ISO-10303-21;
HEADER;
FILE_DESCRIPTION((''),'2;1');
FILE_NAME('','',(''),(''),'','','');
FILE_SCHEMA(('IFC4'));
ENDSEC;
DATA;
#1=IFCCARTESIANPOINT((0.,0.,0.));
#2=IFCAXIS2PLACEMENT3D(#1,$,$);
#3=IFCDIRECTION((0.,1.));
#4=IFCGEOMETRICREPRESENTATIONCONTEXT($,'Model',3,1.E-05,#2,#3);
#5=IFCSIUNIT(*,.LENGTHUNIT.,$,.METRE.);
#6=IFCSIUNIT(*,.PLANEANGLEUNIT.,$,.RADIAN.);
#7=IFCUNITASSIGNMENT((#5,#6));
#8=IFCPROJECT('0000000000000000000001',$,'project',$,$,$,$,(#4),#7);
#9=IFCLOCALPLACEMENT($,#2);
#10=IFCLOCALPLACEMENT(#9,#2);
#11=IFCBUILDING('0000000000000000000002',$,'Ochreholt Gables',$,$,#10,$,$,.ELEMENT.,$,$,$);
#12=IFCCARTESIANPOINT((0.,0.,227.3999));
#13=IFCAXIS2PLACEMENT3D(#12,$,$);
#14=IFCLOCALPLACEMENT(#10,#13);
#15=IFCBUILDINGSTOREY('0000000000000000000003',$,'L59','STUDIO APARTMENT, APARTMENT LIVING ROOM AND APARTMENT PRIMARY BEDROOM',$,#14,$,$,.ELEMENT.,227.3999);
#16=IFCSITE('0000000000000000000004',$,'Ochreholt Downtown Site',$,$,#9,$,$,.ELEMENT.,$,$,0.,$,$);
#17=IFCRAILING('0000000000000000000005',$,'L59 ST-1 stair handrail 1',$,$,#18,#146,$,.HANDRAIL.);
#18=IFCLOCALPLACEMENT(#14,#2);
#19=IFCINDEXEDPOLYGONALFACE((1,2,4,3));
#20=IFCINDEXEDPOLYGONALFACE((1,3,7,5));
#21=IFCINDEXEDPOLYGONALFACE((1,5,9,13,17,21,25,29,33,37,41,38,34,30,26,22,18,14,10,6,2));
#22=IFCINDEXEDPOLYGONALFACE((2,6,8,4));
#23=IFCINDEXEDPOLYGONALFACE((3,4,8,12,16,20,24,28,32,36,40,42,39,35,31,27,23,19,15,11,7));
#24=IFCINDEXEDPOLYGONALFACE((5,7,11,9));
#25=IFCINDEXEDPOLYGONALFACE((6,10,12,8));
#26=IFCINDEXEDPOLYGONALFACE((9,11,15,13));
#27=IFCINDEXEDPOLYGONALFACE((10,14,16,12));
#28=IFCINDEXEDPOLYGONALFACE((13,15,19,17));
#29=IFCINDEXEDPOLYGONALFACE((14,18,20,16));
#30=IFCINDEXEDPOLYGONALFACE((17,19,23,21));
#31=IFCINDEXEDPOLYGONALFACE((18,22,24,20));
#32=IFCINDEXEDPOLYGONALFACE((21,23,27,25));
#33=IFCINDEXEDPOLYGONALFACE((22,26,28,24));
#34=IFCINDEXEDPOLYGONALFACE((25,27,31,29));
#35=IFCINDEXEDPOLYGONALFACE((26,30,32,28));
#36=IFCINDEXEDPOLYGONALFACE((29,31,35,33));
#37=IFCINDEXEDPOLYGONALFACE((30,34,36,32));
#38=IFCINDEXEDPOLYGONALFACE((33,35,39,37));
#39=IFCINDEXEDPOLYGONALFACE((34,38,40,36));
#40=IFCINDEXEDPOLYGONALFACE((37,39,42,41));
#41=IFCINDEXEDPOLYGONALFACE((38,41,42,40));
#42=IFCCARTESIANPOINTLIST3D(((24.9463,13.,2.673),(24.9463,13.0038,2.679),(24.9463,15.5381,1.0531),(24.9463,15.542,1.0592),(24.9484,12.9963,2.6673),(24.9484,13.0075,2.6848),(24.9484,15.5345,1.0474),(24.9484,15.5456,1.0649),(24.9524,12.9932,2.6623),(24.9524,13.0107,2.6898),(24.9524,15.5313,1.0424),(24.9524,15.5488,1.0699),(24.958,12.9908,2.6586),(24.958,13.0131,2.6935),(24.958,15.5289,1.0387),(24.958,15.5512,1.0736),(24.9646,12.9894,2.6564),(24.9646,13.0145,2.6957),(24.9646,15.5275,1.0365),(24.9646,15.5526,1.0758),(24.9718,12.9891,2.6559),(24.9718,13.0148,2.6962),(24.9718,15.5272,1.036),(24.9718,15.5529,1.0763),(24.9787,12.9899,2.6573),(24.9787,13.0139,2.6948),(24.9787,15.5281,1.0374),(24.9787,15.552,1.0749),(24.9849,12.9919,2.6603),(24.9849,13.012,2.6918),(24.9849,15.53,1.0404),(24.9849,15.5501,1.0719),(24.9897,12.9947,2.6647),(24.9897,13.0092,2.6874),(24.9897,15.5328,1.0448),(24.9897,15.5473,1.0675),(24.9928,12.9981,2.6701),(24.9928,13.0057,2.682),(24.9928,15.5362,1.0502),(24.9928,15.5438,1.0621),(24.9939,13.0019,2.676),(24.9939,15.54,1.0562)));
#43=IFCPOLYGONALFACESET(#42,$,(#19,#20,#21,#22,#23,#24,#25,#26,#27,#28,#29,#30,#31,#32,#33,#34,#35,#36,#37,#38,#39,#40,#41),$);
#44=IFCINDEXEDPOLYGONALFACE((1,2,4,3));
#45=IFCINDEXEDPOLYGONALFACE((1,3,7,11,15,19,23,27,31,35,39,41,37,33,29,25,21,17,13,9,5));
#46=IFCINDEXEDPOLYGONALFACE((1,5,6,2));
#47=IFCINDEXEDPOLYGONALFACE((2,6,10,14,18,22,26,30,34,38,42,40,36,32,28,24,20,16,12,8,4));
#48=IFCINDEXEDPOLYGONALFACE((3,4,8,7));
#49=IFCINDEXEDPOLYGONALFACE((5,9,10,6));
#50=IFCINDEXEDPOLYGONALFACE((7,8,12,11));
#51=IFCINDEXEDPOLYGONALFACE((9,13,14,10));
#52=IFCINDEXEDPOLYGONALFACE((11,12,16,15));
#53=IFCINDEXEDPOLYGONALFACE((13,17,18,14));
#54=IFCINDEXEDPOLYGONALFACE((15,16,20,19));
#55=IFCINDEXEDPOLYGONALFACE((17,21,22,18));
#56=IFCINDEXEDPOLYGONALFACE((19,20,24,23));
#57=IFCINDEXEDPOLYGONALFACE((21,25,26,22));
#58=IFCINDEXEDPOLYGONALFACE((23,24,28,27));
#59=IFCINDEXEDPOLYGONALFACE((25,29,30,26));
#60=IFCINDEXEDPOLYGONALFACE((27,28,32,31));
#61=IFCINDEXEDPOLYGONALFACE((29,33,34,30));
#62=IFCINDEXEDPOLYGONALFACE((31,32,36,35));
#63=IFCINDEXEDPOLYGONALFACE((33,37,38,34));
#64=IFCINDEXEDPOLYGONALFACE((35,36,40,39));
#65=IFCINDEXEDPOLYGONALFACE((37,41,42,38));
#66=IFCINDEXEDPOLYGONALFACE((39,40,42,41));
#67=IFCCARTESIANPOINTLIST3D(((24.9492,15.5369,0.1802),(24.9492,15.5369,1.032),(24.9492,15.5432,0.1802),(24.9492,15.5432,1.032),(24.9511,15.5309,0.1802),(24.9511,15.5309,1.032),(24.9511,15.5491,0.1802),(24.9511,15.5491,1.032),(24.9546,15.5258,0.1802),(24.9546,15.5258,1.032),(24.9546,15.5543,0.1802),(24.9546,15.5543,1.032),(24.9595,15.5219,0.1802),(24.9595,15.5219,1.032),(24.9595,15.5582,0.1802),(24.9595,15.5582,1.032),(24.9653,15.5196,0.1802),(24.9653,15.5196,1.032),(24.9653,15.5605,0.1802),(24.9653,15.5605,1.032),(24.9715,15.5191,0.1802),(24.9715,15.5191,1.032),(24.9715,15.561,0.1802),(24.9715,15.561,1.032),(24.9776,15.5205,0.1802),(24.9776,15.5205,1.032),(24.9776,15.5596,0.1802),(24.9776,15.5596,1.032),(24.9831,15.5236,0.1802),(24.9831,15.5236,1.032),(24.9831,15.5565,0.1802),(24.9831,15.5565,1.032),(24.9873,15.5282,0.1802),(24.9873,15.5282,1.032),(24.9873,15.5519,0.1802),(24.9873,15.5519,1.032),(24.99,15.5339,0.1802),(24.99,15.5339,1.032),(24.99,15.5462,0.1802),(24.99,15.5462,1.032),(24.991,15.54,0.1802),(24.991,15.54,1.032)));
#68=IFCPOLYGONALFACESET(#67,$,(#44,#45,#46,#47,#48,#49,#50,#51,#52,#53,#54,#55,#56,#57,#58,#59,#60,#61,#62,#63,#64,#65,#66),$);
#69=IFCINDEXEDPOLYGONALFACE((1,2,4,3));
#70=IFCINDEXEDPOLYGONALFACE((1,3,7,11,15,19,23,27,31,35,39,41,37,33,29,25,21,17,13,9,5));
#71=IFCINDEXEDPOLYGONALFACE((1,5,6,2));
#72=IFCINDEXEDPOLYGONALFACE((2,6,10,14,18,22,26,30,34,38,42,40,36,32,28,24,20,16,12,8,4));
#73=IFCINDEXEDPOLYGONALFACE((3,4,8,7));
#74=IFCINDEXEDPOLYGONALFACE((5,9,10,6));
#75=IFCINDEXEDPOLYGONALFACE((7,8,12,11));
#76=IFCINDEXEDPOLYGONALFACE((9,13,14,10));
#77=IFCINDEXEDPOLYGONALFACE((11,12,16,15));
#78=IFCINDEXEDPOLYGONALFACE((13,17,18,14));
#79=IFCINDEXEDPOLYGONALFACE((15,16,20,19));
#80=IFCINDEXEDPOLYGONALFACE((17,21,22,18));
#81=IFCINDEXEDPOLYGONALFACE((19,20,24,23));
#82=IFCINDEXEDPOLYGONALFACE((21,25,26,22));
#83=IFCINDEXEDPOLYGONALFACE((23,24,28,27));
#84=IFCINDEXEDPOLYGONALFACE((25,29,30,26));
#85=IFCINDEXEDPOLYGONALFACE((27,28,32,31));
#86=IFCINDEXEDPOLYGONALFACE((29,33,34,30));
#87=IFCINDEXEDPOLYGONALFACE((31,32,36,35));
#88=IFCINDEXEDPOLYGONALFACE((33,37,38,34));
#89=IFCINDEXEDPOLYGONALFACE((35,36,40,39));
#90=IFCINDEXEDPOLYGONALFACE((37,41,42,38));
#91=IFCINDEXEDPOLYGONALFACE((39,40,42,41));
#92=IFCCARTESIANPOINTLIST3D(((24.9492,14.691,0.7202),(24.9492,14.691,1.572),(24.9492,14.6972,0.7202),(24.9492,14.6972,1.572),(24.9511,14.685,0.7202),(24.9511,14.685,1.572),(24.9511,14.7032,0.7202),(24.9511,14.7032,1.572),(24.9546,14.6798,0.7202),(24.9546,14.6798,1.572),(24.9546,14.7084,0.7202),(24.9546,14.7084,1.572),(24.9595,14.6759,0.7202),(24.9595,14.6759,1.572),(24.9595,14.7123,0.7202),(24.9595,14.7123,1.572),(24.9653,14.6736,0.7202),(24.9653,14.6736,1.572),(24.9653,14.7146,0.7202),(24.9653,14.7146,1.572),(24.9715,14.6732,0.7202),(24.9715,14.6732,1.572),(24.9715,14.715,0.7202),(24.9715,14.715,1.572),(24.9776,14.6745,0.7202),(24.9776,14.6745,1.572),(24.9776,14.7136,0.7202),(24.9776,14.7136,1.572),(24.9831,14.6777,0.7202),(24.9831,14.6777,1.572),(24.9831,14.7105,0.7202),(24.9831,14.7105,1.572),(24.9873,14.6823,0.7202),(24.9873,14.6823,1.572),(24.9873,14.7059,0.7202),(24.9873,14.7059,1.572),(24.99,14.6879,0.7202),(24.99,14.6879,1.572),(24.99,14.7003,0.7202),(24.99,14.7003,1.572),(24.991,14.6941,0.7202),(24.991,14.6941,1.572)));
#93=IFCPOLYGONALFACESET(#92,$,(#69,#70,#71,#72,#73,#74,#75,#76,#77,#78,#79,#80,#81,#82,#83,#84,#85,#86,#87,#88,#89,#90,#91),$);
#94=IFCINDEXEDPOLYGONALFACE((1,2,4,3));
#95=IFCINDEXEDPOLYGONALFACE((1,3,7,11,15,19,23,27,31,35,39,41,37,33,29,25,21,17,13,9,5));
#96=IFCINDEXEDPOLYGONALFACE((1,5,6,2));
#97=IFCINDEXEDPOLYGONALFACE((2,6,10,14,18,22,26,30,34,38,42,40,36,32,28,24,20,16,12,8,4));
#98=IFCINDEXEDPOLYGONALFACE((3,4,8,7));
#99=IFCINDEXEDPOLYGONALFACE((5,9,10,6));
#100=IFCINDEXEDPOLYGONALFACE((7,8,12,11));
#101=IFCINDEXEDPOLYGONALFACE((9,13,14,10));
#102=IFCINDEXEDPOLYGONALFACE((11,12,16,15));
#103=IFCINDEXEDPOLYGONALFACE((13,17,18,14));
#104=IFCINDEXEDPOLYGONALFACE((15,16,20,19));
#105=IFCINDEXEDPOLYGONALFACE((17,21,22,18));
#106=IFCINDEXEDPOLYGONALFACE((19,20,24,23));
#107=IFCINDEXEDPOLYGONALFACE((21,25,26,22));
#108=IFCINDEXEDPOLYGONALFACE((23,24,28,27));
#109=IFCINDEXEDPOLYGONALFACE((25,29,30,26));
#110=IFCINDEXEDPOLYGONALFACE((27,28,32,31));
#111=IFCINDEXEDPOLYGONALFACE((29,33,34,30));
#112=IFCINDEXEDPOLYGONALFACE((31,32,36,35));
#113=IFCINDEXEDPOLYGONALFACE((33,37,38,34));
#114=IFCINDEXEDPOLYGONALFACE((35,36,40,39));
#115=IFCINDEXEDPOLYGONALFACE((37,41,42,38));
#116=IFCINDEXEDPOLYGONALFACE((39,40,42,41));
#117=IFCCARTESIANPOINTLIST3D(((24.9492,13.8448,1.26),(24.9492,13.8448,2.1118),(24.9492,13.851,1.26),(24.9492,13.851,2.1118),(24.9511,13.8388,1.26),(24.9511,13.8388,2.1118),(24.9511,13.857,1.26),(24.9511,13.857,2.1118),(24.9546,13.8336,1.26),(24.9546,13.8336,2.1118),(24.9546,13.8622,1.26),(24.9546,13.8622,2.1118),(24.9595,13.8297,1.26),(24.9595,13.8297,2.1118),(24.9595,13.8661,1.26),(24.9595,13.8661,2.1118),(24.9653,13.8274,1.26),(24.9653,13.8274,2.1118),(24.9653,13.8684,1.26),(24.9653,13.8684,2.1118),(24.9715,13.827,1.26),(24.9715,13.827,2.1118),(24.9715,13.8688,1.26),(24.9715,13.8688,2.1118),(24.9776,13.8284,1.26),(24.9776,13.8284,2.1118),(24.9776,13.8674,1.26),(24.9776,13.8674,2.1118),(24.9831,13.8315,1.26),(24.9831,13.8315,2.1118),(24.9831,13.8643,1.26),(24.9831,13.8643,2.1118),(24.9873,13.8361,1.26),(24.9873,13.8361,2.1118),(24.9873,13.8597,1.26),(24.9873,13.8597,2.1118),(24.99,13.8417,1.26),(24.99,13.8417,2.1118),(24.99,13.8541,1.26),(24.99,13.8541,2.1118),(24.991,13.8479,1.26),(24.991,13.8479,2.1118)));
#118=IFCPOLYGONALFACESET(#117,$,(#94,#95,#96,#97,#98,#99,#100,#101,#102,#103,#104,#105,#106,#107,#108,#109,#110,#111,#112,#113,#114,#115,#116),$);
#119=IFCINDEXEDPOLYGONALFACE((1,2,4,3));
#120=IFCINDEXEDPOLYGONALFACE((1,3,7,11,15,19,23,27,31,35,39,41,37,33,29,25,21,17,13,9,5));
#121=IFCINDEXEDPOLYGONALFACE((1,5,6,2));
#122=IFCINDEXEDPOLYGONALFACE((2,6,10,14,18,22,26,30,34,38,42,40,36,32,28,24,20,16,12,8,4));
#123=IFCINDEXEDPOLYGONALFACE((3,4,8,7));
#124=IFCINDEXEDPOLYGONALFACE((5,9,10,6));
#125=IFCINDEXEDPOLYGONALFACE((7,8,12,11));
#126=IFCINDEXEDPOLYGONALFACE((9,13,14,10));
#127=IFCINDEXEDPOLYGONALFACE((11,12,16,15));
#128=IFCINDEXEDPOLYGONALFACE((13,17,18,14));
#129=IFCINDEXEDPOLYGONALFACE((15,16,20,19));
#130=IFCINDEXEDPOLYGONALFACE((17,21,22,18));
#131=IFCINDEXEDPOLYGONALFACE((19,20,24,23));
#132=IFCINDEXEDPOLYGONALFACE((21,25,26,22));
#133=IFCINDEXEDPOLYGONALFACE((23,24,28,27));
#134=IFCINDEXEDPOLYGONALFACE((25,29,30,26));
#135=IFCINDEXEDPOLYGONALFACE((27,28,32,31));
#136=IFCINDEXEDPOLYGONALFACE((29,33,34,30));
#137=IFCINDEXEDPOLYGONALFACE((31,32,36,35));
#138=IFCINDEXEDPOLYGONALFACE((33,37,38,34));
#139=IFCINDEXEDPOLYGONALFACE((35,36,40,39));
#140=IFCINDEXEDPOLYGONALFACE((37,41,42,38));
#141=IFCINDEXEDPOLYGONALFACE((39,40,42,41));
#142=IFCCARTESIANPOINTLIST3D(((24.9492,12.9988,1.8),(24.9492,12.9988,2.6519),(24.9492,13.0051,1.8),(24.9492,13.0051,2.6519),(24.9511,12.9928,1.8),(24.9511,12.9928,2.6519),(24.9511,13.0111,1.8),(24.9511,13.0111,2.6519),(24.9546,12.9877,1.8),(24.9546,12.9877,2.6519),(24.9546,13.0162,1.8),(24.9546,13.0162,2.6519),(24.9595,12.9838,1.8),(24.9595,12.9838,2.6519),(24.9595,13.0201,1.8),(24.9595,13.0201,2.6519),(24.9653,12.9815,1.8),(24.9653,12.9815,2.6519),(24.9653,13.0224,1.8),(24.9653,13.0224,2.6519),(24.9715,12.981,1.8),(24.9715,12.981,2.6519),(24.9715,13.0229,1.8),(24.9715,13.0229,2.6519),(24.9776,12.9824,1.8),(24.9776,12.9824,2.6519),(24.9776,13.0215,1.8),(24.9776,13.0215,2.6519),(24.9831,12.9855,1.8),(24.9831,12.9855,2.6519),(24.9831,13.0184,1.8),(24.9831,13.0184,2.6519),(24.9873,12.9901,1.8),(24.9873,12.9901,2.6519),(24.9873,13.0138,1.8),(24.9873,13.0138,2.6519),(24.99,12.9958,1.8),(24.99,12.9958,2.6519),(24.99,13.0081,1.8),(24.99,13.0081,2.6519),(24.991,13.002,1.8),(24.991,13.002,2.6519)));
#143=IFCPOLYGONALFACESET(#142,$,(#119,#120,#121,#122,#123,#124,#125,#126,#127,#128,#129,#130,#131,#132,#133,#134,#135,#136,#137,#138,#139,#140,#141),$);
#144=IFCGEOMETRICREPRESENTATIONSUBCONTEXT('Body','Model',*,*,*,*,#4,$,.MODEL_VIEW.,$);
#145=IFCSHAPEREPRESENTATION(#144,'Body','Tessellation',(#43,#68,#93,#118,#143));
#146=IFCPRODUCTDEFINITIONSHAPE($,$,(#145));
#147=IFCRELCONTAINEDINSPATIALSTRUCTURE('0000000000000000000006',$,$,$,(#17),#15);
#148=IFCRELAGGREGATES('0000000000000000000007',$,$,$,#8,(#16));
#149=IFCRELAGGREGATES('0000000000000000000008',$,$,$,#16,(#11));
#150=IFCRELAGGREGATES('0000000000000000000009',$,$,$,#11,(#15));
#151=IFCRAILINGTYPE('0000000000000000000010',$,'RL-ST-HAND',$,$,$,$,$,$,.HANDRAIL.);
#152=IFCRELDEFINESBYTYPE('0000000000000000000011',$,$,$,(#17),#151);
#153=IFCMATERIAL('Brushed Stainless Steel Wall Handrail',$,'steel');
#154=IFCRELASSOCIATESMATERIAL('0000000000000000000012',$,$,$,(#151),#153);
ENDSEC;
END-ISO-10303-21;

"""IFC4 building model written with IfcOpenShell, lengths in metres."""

from ifc_helpers import new_model, si_unit, direction, frame, origin, origin_2d, place, context, subcontext, project, spatial, circle, extrude, material, type_object, element, save


model = new_model("IFC4")

# Units and contexts
model_context = context("Model", 3, precision=1e-05, world=origin(), true_north=direction((0.0, 1.0)))
body_context = subcontext(model_context, "Body", "Model", "MODEL_VIEW")
ifc_project = project(units=[si_unit("LENGTHUNIT", "METRE"), si_unit("PLANEANGLEUNIT", "RADIAN")], contexts=[model_context])

# Site, building, storey
site_placement = place(None, origin())
site = spatial("IfcSite", under=ifc_project, at=site_placement, Name="Ochreholt Downtown Site", CompositionType="ELEMENT", RefElevation=0.0)
building_placement = place(site_placement, origin())
building = spatial("IfcBuilding", under=site, at=building_placement, Name="Ochreholt Gables", CompositionType="ELEMENT")
storey_placement = place(building_placement, frame((0.0, 0.0, 227.3999)))
storey = spatial("IfcBuildingStorey", under=building, at=storey_placement, Name="L59", Description="STUDIO APARTMENT, APARTMENT LIVING ROOM AND APARTMENT PRIMARY BEDROOM", CompositionType="ELEMENT", Elevation=227.3999)

# Railing
ifc_material_1 = material(Name="Brushed Stainless Steel Wall Handrail", Category="steel")
railing_type = type_object("IfcRailingType", Name="RL-ST-HAND", PredefinedType="HANDRAIL", material=ifc_material_1)
railing_placement = place(storey_placement, frame((24.97, 15.54, 0.1802)))
element("IfcRailing", 1, at=railing_placement, inside=storey, type_object=railing_type, Name="L59 ST-1 stair handrail 1", PredefinedType="HANDRAIL", context=body_context, shape_type="SweptSolid", body=[
    extrude(circle(Radius=0.0239, at=origin_2d()), frame((0.0, 0.0, 0.876), z_axis=(0.0, -0.84295, 0.537993), x_axis=(1.0, 0.0, 0.0)), (0.0, 0.0, 1.0), 3.011),
    extrude(circle(Radius=0.021, at=origin_2d()), origin(), (0.0, 0.0, 1.0), 0.8518),
    extrude(circle(Radius=0.021, at=origin_2d()), frame((0.0, -0.8459, 0.54)), (0.0, 0.0, 1.0), 0.8518),
    extrude(circle(Radius=0.021, at=origin_2d()), frame((0.0, -1.6921, 1.0798)), (0.0, 0.0, 1.0), 0.8518),
    extrude(circle(Radius=0.021, at=origin_2d()), frame((0.0, -2.5381, 1.6199)), (0.0, 0.0, 1.0), 0.8518),
])

save(model, "model.ifc")
